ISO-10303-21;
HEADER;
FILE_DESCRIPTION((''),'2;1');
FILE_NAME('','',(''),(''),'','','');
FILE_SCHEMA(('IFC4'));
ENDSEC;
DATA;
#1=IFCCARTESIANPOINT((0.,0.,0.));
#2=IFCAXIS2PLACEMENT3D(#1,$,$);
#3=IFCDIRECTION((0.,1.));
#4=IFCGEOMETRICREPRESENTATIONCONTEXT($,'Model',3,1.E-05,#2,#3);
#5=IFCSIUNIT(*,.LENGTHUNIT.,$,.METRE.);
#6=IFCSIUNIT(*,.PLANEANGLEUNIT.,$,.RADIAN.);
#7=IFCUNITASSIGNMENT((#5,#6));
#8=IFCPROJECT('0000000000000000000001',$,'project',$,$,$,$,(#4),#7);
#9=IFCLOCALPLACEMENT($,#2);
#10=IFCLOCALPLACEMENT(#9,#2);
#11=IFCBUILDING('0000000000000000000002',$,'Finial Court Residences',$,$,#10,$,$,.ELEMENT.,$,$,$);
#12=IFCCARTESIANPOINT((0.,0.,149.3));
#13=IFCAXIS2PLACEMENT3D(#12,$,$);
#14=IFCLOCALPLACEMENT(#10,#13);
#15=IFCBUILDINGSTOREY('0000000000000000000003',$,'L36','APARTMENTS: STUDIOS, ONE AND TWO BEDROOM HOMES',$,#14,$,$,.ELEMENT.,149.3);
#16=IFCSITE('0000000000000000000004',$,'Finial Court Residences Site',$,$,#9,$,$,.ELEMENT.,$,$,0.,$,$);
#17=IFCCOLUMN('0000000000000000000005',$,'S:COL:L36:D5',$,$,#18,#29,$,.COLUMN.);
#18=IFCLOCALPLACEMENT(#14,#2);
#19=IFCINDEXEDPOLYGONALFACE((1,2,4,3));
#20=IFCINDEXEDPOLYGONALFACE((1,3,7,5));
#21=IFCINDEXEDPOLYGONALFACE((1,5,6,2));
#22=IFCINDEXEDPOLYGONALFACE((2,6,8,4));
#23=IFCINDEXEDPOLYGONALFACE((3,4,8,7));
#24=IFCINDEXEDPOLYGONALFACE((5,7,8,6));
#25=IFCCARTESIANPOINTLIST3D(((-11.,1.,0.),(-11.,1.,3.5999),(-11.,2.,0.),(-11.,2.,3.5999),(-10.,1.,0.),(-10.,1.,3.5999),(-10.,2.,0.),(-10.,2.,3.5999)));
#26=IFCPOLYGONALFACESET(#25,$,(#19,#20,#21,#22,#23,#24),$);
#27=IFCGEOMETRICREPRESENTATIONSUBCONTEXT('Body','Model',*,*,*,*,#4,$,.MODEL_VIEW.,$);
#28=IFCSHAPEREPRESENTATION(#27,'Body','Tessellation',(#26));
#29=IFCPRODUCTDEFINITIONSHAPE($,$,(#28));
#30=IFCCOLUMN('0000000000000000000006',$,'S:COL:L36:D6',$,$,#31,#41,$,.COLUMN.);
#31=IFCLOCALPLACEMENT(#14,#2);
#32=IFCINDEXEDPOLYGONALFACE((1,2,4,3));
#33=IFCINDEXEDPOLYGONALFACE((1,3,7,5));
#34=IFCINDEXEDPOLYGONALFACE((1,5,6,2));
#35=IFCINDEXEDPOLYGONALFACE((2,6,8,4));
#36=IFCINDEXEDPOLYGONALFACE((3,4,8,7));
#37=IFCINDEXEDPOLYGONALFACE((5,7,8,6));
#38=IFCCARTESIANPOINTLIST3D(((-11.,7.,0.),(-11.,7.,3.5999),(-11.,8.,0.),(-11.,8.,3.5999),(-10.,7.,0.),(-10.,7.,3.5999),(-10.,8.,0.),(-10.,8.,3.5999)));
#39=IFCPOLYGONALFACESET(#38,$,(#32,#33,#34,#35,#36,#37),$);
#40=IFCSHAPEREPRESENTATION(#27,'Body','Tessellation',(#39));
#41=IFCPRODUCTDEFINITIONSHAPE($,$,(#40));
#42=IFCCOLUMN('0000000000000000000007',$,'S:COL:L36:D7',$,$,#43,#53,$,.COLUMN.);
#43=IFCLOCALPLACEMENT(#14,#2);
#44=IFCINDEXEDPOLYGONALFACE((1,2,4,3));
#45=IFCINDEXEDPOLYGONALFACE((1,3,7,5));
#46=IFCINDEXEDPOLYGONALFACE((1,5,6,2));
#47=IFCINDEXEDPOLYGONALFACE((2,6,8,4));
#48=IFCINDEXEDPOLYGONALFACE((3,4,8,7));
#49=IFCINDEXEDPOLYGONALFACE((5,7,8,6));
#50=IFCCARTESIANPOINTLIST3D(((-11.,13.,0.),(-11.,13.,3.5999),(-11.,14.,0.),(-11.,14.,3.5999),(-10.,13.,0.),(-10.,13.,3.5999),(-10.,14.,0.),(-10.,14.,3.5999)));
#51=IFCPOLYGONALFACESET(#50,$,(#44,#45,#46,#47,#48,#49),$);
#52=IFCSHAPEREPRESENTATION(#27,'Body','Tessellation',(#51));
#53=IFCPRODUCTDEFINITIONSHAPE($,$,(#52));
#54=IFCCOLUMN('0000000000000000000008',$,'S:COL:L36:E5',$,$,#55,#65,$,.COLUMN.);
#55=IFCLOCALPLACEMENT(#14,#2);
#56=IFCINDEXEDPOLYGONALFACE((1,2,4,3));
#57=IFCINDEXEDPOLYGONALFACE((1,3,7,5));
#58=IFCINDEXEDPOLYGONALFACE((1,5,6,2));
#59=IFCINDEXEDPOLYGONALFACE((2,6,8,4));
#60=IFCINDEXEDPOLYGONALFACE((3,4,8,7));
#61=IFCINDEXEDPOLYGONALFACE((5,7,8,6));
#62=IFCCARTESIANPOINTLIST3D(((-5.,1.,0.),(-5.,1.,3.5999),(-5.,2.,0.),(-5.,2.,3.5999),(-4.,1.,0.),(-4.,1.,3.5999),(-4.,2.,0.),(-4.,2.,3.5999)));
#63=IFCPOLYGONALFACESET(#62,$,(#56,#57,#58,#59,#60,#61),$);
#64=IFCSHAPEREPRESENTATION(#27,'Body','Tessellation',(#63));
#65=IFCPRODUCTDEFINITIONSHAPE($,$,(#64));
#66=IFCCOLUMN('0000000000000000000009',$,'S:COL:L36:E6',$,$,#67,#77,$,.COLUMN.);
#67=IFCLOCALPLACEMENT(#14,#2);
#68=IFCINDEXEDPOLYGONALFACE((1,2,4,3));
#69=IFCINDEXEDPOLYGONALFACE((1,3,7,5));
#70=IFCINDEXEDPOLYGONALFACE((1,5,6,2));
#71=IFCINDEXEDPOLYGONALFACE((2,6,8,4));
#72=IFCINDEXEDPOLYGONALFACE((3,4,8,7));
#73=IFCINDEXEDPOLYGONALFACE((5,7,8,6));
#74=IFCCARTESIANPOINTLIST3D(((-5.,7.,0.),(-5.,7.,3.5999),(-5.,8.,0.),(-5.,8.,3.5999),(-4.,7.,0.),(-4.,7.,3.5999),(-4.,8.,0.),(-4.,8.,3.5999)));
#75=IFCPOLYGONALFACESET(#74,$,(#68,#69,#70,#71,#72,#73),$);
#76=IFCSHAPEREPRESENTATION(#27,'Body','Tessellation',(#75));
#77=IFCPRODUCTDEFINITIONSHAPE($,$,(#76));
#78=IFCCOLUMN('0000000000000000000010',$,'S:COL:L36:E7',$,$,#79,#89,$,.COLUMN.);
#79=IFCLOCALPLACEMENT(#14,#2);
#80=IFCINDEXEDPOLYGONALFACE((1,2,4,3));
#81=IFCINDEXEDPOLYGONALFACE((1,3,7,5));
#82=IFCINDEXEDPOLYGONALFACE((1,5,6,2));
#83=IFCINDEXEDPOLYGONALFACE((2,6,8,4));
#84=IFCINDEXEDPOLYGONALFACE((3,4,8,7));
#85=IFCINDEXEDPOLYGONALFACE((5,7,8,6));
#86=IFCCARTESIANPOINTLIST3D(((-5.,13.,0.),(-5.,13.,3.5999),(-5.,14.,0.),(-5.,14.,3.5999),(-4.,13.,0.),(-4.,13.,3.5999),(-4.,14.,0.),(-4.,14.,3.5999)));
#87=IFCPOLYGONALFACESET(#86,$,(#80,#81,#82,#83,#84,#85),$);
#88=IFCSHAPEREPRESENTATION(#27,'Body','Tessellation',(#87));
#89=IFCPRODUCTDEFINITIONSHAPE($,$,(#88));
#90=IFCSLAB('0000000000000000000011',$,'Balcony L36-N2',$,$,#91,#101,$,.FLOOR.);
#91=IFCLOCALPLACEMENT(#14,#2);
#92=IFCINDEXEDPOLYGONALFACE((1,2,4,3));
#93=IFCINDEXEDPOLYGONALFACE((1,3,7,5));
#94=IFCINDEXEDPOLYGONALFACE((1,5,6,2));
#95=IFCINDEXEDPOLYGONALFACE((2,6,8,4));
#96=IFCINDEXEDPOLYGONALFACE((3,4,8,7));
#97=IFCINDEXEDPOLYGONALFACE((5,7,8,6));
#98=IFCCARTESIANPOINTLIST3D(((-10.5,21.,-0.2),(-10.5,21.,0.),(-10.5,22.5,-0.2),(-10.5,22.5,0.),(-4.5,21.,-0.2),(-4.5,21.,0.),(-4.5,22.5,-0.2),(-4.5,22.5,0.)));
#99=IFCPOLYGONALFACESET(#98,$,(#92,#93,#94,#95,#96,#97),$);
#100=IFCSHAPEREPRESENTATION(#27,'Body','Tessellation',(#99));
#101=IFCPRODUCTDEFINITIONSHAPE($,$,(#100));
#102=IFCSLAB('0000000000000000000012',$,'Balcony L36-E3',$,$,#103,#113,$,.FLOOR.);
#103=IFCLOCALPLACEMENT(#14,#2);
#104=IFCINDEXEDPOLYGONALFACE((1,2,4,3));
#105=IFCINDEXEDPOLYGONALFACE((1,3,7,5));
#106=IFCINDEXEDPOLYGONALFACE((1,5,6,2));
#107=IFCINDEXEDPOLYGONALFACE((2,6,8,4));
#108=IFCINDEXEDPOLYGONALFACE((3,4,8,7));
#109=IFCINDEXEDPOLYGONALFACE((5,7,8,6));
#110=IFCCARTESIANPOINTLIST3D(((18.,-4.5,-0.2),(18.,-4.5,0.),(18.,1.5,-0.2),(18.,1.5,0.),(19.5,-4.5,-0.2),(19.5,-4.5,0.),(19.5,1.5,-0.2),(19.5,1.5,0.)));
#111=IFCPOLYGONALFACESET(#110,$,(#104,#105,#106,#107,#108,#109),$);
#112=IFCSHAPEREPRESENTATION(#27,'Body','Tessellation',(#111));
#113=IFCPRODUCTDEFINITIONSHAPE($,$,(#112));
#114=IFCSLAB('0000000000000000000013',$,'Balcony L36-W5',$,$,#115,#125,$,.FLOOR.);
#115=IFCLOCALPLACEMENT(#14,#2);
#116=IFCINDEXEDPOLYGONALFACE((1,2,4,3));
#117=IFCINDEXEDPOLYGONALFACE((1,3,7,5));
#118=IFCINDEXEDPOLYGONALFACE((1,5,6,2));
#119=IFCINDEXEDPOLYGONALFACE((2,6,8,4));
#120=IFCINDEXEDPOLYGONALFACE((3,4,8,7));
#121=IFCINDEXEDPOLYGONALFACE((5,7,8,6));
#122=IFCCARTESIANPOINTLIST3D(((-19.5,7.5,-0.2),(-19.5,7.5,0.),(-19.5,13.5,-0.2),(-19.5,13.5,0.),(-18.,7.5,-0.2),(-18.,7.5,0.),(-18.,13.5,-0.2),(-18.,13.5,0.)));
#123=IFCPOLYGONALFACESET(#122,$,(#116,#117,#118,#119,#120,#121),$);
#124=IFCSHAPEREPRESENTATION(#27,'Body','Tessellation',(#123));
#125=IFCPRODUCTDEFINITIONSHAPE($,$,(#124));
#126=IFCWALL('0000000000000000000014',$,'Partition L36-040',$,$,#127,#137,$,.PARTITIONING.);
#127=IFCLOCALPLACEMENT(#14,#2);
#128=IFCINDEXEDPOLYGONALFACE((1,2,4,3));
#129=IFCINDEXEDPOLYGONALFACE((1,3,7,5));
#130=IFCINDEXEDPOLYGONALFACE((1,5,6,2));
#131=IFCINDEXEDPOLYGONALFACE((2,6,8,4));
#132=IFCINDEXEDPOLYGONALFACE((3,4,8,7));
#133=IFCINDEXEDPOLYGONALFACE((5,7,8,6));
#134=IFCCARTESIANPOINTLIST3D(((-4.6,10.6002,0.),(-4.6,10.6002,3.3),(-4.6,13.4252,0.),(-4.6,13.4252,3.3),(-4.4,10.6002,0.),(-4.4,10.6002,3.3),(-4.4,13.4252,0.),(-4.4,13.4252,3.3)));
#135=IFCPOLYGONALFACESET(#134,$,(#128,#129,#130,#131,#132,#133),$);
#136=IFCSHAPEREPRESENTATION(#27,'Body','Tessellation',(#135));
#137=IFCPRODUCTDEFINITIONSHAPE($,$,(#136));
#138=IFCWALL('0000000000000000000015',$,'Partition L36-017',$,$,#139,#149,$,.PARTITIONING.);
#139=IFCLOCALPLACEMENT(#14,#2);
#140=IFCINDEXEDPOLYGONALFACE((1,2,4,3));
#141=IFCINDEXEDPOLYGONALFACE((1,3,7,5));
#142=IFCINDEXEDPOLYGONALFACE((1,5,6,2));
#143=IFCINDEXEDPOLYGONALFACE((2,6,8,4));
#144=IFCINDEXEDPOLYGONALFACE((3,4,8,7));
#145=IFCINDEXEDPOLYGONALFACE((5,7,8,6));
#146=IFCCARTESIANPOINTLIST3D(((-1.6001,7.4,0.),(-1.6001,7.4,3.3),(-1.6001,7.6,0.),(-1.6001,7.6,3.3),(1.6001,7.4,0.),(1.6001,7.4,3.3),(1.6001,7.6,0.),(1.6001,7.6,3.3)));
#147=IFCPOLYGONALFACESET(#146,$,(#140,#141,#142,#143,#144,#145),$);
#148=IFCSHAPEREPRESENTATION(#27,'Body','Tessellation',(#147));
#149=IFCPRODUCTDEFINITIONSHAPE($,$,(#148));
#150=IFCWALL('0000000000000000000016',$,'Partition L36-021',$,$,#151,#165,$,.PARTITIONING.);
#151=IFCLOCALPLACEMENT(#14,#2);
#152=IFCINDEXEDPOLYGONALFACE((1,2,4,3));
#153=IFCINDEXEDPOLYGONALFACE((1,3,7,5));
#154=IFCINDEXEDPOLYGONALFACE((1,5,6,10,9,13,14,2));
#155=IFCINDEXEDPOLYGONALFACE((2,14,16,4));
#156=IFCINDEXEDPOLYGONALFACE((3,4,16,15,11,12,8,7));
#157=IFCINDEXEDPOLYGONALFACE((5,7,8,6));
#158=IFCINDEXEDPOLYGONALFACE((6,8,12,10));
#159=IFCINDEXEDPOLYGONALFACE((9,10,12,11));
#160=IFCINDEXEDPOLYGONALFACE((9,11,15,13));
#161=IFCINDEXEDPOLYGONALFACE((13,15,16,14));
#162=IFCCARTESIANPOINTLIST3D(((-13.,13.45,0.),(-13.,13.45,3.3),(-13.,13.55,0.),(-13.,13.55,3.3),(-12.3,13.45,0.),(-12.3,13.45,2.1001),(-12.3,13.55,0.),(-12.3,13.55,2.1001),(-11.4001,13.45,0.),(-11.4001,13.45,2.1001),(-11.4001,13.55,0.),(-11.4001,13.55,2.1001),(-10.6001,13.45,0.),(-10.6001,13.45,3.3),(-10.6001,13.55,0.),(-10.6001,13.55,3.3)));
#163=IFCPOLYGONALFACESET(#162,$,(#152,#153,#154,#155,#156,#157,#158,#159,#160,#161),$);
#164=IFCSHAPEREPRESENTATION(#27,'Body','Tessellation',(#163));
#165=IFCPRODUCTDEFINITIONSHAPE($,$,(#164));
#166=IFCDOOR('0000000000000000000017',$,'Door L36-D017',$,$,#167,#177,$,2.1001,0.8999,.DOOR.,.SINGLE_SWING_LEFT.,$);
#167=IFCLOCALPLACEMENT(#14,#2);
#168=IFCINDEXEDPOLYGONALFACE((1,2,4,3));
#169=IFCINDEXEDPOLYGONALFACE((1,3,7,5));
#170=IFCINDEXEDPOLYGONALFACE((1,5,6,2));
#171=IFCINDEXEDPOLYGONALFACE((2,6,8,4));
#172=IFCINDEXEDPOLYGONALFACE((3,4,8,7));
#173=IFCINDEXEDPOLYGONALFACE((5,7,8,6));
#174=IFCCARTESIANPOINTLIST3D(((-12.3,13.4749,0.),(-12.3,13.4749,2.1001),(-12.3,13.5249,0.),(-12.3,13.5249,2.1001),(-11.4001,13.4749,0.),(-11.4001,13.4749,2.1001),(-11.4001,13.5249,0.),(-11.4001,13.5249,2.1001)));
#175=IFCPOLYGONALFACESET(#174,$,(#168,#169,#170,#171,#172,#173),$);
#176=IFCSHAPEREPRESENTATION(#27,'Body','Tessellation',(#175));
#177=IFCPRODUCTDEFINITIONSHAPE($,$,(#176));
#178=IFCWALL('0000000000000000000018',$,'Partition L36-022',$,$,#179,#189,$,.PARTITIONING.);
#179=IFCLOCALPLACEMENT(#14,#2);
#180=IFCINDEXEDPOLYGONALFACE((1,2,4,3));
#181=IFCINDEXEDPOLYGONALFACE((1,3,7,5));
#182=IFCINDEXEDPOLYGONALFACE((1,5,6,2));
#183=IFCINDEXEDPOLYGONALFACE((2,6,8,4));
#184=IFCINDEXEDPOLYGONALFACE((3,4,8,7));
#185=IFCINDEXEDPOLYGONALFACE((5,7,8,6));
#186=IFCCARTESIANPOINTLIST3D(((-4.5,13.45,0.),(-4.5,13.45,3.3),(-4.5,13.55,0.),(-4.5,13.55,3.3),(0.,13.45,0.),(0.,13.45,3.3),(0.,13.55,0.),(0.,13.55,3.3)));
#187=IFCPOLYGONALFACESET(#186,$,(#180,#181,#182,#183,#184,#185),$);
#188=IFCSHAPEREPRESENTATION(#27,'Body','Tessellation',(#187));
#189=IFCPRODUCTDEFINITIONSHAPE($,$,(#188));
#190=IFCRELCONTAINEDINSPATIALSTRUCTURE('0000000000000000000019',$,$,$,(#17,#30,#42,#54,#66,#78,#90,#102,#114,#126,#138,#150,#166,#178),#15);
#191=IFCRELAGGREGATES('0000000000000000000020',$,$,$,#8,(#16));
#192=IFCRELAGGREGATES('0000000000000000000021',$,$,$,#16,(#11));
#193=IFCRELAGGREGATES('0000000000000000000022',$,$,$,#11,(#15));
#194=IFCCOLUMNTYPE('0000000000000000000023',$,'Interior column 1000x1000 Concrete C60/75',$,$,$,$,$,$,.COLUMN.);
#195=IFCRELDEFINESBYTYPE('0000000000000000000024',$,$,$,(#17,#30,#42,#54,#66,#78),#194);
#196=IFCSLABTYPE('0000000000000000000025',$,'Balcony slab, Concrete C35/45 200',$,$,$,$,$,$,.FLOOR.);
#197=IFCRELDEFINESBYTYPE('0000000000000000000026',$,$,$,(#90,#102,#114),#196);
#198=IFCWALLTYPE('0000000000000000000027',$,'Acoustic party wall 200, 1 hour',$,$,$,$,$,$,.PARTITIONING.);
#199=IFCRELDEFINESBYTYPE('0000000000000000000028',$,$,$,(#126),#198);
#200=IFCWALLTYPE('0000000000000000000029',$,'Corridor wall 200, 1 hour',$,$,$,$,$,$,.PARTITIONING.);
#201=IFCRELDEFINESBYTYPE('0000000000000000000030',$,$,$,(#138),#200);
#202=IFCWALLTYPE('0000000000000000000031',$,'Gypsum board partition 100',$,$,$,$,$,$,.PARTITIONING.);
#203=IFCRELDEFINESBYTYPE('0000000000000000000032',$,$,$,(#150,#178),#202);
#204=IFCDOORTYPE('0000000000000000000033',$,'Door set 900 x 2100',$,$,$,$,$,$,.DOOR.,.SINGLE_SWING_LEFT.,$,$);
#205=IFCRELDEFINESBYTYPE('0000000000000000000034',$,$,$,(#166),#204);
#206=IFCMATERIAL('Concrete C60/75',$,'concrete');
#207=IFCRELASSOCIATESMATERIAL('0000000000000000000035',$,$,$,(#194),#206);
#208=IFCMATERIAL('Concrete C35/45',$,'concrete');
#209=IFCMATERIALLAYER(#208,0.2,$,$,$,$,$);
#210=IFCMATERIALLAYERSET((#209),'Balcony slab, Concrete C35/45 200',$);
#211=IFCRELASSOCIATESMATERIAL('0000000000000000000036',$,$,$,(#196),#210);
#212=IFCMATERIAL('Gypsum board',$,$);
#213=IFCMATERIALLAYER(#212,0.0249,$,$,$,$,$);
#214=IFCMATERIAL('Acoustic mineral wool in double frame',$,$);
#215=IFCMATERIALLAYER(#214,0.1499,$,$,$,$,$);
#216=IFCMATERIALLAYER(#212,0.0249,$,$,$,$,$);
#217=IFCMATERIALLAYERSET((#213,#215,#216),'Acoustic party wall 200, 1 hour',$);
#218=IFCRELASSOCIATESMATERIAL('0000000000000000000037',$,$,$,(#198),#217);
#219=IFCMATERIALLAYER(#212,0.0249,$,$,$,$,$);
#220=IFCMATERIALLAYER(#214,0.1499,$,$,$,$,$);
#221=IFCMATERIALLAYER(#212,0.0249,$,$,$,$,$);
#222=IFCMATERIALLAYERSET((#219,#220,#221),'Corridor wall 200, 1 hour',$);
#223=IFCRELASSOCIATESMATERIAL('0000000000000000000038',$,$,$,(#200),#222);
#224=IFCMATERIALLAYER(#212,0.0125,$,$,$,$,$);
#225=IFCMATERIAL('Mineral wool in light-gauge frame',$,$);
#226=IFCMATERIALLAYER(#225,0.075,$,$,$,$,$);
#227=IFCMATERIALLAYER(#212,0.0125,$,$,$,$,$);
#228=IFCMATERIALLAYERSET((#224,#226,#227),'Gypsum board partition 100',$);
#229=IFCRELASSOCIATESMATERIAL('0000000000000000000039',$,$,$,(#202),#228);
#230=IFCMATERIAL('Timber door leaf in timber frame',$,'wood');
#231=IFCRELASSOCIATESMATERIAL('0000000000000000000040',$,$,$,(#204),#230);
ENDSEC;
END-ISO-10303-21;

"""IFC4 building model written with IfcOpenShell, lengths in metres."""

from ifc_helpers import new_model, si_unit, direction, frame, frame_2d, origin, origin_2d, place, context, subcontext, project, spatial, polyline, rectangle, outline, extrude, material, layer, layer_set, material_profile, profile_set, type_object, element, fill, save


model = new_model("IFC4")

# Units and contexts
model_context = context("Model", 3, precision=1e-05, world=origin(), true_north=direction((0.0, 1.0)))
body_context = subcontext(model_context, "Body", "Model", "MODEL_VIEW")
ifc_project = project(units=[si_unit("LENGTHUNIT", "METRE"), si_unit("PLANEANGLEUNIT", "RADIAN")], contexts=[model_context])

# Site, building, storey
site_placement = place(None, origin())
site = spatial("IfcSite", under=ifc_project, at=site_placement, Name="Finial Court Residences Site", CompositionType="ELEMENT", RefElevation=0.0)
building_placement = place(site_placement, origin())
building = spatial("IfcBuilding", under=site, at=building_placement, Name="Finial Court Residences", CompositionType="ELEMENT")
storey_placement = place(building_placement, frame((0.0, 0.0, 149.3)))
storey = spatial("IfcBuildingStorey", under=building, at=storey_placement, Name="L36", Description="APARTMENTS: STUDIOS, ONE AND TWO BEDROOM HOMES", CompositionType="ELEMENT", Elevation=149.3)

# Columns
ifc_material_1 = material(Name="Concrete C60/75", Category="concrete")
ifc_material_profile = material_profile(ifc_material_1, rectangle(XDim=1.0, YDim=1.0, at=origin_2d()), Name="1000x1000")
ifc_profile_set = profile_set([ifc_material_profile], Name="Concrete C60/75")
column_type = type_object("IfcColumnType", Name="Interior column 1000x1000 Concrete C60/75", PredefinedType="COLUMN", material=ifc_profile_set)
for number, where, z_axis, x_axis, name in (
    (1, (-10.5, 1.5, 0.0), (0.0, 0.0, 1.0), (1.0, 0.0, 0.0), "S:COL:L36:D5"),
    (2, (-10.5, 7.5, 0.0), (0.0, 0.0, 1.0), (1.0, 0.0, 0.0), "S:COL:L36:D6"),
    (3, (-10.5, 13.5, 0.0), (0.0, 0.0, 1.0), (1.0, 0.0, 0.0), "S:COL:L36:D7"),
    (4, (-4.5, 1.5, 0.0), (0.0, 0.0, 1.0), (1.0, 0.0, 0.0), "S:COL:L36:E5"),
    (5, (-4.5, 7.5, 0.0), (0.0, 0.0, 1.0), (1.0, 0.0, 0.0), "S:COL:L36:E6"),
    (6, (-4.5, 13.5, 0.0), (0.0, 0.0, 1.0), (1.0, 0.0, 0.0), "S:COL:L36:E7"),
):
    element("IfcColumn", number, at=place(storey_placement, frame(where, z_axis=z_axis, x_axis=x_axis)), inside=storey, type_object=column_type, Name=name, PredefinedType="COLUMN", context=body_context, shape_type="SweptSolid", body=[
        extrude(rectangle(XDim=1.0, YDim=1.0, at=origin_2d()), origin(), (0.0, 0.0, 1.0), 3.5999),
    ])

# Slabs
ifc_material_2 = material(Name="Concrete C35/45", Category="concrete")
ifc_layer_1 = layer(ifc_material_2, 0.2)
ifc_layer_set_1 = layer_set([ifc_layer_1], Name="Balcony slab, Concrete C35/45 200")
slab_type = type_object("IfcSlabType", Name="Balcony slab, Concrete C35/45 200", PredefinedType="FLOOR", material=ifc_layer_set_1)
slab_1_placement = place(storey_placement, frame((0.0, 0.0, -0.2)))
element("IfcSlab", 7, at=slab_1_placement, inside=storey, type_object=slab_type, Name="Balcony L36-N2", PredefinedType="FLOOR", context=body_context, shape_type="SweptSolid", body=[
    extrude(outline(polyline([(-4.5, 21.0), (-4.5, 22.5), (-10.5, 22.5), (-10.5, 21.0), (-4.5, 21.0)])), origin(), (0.0, 0.0, 1.0), 0.2),
])
slab_2_placement = place(storey_placement, frame((0.0, 0.0, -0.2)))
element("IfcSlab", 8, at=slab_2_placement, inside=storey, type_object=slab_type, Name="Balcony L36-E3", PredefinedType="FLOOR", context=body_context, shape_type="SweptSolid", body=[
    extrude(outline(polyline([(19.5, -4.5), (19.5, 1.5), (18.0, 1.5), (18.0, -4.5), (19.5, -4.5)])), origin(), (0.0, 0.0, 1.0), 0.2),
])
slab_3_placement = place(storey_placement, frame((0.0, 0.0, -0.2)))
element("IfcSlab", 9, at=slab_3_placement, inside=storey, type_object=slab_type, Name="Balcony L36-W5", PredefinedType="FLOOR", context=body_context, shape_type="SweptSolid", body=[
    extrude(outline(polyline([(-18.0, 7.5), (-18.0, 13.5), (-19.5, 13.5), (-19.5, 7.5), (-18.0, 7.5)])), origin(), (0.0, 0.0, 1.0), 0.2),
])

# Walls
ifc_material_3 = material(Name="Gypsum board")
ifc_layer_2 = layer(ifc_material_3, 0.0249)
ifc_material_4 = material(Name="Acoustic mineral wool in double frame")
ifc_layer_3 = layer(ifc_material_4, 0.1499)
ifc_layer_4 = layer(ifc_material_3, 0.0249)
ifc_layer_set_2 = layer_set([ifc_layer_2, ifc_layer_3, ifc_layer_4], Name="Acoustic party wall 200, 1 hour")
wall_type_1 = type_object("IfcWallType", Name="Acoustic party wall 200, 1 hour", PredefinedType="PARTITIONING", material=ifc_layer_set_2)
wall_1_placement = place(storey_placement, frame((-4.5, 10.6001, 0.0), z_axis=(0.0, 0.0, 1.0), x_axis=(0.0, 1.0, 0.0)))
element("IfcWall", 10, at=wall_1_placement, inside=storey, type_object=wall_type_1, Name="Partition L36-040", PredefinedType="PARTITIONING", context=body_context, shape_type="SweptSolid", body=[
    extrude(rectangle(XDim=2.825, YDim=0.2, at=frame_2d((1.4126, 0.0))), origin(), (0.0, 0.0, 1.0), 3.3),
])
ifc_layer_5 = layer(ifc_material_3, 0.0249)
ifc_layer_6 = layer(ifc_material_4, 0.1499)
ifc_layer_7 = layer(ifc_material_3, 0.0249)
ifc_layer_set_3 = layer_set([ifc_layer_5, ifc_layer_6, ifc_layer_7], Name="Corridor wall 200, 1 hour")
wall_type_2 = type_object("IfcWallType", Name="Corridor wall 200, 1 hour", PredefinedType="PARTITIONING", material=ifc_layer_set_3)
wall_2_placement = place(storey_placement, frame((-1.6001, 7.5, 0.0), z_axis=(0.0, 0.0, 1.0), x_axis=(1.0, 0.0, 0.0)))
element("IfcWall", 11, at=wall_2_placement, inside=storey, type_object=wall_type_2, Name="Partition L36-017", PredefinedType="PARTITIONING", context=body_context, shape_type="SweptSolid", body=[
    extrude(rectangle(XDim=3.2002, YDim=0.2, at=frame_2d((1.6001, 0.0))), origin(), (0.0, 0.0, 1.0), 3.3),
])

# Wall, opening, door
ifc_layer_8 = layer(ifc_material_3, 0.0125)
ifc_material_5 = material(Name="Mineral wool in light-gauge frame")
ifc_layer_9 = layer(ifc_material_5, 0.075)
ifc_layer_10 = layer(ifc_material_3, 0.0125)
ifc_layer_set_4 = layer_set([ifc_layer_8, ifc_layer_9, ifc_layer_10], Name="Gypsum board partition 100")
wall_type_3 = type_object("IfcWallType", Name="Gypsum board partition 100", PredefinedType="PARTITIONING", material=ifc_layer_set_4)
wall_3_placement = place(storey_placement, frame((-13.0, 13.5, 0.0), z_axis=(0.0, 0.0, 1.0), x_axis=(1.0, 0.0, 0.0)))
wall_3 = element("IfcWall", 12, at=wall_3_placement, inside=storey, type_object=wall_type_3, Name="Partition L36-021", PredefinedType="PARTITIONING", context=body_context, shape_type="SweptSolid", body=[
    extrude(rectangle(XDim=2.3999, YDim=0.1001, at=frame_2d((1.2, 0.0))), origin(), (0.0, 0.0, 1.0), 3.3),
])
opening_1_placement = place(wall_3_placement, frame((0.7, 0.0, 0.0)))
opening_1 = element("IfcOpeningElement", 13, at=opening_1_placement, cuts=wall_3, PredefinedType="OPENING", context=body_context, shape_type="SweptSolid", body=[
    extrude(rectangle(XDim=0.8999, YDim=2.1001, at=frame_2d((0.45, 1.05))), frame((0.0, 0.0601, 0.0), z_axis=(0.0, -1.0, 0.0), x_axis=(1.0, 0.0, 0.0)), (0.0, 0.0, 1.0), 0.1201),
])
ifc_material_6 = material(Name="Timber door leaf in timber frame", Category="wood")
door_type = type_object("IfcDoorType", Name="Door set 900 x 2100", OperationType="SINGLE_SWING_LEFT", PredefinedType="DOOR", material=ifc_material_6)
door_1_placement = place(opening_1_placement, origin())
door_1 = element("IfcDoor", 14, at=door_1_placement, inside=storey, type_object=door_type, Name="Door L36-D017", OperationType="SINGLE_SWING_LEFT", OverallHeight=2.1001, OverallWidth=0.8999, PredefinedType="DOOR", context=body_context, shape_type="SweptSolid", body=[
    extrude(rectangle(XDim=0.8999, YDim=2.1001, at=frame_2d((0.45, 1.05))), frame((0.0, 0.0249, 0.0), z_axis=(0.0, -1.0, 0.0), x_axis=(1.0, 0.0, 0.0)), (0.0, 0.0, 1.0), 0.05),
])
fill(opening_1, door_1)

# Wall
wall_4_placement = place(storey_placement, frame((-4.5, 13.5, 0.0), z_axis=(0.0, 0.0, 1.0), x_axis=(1.0, 0.0, 0.0)))
element("IfcWall", 15, at=wall_4_placement, inside=storey, type_object=wall_type_3, Name="Partition L36-022", PredefinedType="PARTITIONING", context=body_context, shape_type="SweptSolid", body=[
    extrude(rectangle(XDim=4.5, YDim=0.1001, at=frame_2d((2.25, 0.0))), origin(), (0.0, 0.0, 1.0), 3.3),
])

save(model, "model.ifc")
